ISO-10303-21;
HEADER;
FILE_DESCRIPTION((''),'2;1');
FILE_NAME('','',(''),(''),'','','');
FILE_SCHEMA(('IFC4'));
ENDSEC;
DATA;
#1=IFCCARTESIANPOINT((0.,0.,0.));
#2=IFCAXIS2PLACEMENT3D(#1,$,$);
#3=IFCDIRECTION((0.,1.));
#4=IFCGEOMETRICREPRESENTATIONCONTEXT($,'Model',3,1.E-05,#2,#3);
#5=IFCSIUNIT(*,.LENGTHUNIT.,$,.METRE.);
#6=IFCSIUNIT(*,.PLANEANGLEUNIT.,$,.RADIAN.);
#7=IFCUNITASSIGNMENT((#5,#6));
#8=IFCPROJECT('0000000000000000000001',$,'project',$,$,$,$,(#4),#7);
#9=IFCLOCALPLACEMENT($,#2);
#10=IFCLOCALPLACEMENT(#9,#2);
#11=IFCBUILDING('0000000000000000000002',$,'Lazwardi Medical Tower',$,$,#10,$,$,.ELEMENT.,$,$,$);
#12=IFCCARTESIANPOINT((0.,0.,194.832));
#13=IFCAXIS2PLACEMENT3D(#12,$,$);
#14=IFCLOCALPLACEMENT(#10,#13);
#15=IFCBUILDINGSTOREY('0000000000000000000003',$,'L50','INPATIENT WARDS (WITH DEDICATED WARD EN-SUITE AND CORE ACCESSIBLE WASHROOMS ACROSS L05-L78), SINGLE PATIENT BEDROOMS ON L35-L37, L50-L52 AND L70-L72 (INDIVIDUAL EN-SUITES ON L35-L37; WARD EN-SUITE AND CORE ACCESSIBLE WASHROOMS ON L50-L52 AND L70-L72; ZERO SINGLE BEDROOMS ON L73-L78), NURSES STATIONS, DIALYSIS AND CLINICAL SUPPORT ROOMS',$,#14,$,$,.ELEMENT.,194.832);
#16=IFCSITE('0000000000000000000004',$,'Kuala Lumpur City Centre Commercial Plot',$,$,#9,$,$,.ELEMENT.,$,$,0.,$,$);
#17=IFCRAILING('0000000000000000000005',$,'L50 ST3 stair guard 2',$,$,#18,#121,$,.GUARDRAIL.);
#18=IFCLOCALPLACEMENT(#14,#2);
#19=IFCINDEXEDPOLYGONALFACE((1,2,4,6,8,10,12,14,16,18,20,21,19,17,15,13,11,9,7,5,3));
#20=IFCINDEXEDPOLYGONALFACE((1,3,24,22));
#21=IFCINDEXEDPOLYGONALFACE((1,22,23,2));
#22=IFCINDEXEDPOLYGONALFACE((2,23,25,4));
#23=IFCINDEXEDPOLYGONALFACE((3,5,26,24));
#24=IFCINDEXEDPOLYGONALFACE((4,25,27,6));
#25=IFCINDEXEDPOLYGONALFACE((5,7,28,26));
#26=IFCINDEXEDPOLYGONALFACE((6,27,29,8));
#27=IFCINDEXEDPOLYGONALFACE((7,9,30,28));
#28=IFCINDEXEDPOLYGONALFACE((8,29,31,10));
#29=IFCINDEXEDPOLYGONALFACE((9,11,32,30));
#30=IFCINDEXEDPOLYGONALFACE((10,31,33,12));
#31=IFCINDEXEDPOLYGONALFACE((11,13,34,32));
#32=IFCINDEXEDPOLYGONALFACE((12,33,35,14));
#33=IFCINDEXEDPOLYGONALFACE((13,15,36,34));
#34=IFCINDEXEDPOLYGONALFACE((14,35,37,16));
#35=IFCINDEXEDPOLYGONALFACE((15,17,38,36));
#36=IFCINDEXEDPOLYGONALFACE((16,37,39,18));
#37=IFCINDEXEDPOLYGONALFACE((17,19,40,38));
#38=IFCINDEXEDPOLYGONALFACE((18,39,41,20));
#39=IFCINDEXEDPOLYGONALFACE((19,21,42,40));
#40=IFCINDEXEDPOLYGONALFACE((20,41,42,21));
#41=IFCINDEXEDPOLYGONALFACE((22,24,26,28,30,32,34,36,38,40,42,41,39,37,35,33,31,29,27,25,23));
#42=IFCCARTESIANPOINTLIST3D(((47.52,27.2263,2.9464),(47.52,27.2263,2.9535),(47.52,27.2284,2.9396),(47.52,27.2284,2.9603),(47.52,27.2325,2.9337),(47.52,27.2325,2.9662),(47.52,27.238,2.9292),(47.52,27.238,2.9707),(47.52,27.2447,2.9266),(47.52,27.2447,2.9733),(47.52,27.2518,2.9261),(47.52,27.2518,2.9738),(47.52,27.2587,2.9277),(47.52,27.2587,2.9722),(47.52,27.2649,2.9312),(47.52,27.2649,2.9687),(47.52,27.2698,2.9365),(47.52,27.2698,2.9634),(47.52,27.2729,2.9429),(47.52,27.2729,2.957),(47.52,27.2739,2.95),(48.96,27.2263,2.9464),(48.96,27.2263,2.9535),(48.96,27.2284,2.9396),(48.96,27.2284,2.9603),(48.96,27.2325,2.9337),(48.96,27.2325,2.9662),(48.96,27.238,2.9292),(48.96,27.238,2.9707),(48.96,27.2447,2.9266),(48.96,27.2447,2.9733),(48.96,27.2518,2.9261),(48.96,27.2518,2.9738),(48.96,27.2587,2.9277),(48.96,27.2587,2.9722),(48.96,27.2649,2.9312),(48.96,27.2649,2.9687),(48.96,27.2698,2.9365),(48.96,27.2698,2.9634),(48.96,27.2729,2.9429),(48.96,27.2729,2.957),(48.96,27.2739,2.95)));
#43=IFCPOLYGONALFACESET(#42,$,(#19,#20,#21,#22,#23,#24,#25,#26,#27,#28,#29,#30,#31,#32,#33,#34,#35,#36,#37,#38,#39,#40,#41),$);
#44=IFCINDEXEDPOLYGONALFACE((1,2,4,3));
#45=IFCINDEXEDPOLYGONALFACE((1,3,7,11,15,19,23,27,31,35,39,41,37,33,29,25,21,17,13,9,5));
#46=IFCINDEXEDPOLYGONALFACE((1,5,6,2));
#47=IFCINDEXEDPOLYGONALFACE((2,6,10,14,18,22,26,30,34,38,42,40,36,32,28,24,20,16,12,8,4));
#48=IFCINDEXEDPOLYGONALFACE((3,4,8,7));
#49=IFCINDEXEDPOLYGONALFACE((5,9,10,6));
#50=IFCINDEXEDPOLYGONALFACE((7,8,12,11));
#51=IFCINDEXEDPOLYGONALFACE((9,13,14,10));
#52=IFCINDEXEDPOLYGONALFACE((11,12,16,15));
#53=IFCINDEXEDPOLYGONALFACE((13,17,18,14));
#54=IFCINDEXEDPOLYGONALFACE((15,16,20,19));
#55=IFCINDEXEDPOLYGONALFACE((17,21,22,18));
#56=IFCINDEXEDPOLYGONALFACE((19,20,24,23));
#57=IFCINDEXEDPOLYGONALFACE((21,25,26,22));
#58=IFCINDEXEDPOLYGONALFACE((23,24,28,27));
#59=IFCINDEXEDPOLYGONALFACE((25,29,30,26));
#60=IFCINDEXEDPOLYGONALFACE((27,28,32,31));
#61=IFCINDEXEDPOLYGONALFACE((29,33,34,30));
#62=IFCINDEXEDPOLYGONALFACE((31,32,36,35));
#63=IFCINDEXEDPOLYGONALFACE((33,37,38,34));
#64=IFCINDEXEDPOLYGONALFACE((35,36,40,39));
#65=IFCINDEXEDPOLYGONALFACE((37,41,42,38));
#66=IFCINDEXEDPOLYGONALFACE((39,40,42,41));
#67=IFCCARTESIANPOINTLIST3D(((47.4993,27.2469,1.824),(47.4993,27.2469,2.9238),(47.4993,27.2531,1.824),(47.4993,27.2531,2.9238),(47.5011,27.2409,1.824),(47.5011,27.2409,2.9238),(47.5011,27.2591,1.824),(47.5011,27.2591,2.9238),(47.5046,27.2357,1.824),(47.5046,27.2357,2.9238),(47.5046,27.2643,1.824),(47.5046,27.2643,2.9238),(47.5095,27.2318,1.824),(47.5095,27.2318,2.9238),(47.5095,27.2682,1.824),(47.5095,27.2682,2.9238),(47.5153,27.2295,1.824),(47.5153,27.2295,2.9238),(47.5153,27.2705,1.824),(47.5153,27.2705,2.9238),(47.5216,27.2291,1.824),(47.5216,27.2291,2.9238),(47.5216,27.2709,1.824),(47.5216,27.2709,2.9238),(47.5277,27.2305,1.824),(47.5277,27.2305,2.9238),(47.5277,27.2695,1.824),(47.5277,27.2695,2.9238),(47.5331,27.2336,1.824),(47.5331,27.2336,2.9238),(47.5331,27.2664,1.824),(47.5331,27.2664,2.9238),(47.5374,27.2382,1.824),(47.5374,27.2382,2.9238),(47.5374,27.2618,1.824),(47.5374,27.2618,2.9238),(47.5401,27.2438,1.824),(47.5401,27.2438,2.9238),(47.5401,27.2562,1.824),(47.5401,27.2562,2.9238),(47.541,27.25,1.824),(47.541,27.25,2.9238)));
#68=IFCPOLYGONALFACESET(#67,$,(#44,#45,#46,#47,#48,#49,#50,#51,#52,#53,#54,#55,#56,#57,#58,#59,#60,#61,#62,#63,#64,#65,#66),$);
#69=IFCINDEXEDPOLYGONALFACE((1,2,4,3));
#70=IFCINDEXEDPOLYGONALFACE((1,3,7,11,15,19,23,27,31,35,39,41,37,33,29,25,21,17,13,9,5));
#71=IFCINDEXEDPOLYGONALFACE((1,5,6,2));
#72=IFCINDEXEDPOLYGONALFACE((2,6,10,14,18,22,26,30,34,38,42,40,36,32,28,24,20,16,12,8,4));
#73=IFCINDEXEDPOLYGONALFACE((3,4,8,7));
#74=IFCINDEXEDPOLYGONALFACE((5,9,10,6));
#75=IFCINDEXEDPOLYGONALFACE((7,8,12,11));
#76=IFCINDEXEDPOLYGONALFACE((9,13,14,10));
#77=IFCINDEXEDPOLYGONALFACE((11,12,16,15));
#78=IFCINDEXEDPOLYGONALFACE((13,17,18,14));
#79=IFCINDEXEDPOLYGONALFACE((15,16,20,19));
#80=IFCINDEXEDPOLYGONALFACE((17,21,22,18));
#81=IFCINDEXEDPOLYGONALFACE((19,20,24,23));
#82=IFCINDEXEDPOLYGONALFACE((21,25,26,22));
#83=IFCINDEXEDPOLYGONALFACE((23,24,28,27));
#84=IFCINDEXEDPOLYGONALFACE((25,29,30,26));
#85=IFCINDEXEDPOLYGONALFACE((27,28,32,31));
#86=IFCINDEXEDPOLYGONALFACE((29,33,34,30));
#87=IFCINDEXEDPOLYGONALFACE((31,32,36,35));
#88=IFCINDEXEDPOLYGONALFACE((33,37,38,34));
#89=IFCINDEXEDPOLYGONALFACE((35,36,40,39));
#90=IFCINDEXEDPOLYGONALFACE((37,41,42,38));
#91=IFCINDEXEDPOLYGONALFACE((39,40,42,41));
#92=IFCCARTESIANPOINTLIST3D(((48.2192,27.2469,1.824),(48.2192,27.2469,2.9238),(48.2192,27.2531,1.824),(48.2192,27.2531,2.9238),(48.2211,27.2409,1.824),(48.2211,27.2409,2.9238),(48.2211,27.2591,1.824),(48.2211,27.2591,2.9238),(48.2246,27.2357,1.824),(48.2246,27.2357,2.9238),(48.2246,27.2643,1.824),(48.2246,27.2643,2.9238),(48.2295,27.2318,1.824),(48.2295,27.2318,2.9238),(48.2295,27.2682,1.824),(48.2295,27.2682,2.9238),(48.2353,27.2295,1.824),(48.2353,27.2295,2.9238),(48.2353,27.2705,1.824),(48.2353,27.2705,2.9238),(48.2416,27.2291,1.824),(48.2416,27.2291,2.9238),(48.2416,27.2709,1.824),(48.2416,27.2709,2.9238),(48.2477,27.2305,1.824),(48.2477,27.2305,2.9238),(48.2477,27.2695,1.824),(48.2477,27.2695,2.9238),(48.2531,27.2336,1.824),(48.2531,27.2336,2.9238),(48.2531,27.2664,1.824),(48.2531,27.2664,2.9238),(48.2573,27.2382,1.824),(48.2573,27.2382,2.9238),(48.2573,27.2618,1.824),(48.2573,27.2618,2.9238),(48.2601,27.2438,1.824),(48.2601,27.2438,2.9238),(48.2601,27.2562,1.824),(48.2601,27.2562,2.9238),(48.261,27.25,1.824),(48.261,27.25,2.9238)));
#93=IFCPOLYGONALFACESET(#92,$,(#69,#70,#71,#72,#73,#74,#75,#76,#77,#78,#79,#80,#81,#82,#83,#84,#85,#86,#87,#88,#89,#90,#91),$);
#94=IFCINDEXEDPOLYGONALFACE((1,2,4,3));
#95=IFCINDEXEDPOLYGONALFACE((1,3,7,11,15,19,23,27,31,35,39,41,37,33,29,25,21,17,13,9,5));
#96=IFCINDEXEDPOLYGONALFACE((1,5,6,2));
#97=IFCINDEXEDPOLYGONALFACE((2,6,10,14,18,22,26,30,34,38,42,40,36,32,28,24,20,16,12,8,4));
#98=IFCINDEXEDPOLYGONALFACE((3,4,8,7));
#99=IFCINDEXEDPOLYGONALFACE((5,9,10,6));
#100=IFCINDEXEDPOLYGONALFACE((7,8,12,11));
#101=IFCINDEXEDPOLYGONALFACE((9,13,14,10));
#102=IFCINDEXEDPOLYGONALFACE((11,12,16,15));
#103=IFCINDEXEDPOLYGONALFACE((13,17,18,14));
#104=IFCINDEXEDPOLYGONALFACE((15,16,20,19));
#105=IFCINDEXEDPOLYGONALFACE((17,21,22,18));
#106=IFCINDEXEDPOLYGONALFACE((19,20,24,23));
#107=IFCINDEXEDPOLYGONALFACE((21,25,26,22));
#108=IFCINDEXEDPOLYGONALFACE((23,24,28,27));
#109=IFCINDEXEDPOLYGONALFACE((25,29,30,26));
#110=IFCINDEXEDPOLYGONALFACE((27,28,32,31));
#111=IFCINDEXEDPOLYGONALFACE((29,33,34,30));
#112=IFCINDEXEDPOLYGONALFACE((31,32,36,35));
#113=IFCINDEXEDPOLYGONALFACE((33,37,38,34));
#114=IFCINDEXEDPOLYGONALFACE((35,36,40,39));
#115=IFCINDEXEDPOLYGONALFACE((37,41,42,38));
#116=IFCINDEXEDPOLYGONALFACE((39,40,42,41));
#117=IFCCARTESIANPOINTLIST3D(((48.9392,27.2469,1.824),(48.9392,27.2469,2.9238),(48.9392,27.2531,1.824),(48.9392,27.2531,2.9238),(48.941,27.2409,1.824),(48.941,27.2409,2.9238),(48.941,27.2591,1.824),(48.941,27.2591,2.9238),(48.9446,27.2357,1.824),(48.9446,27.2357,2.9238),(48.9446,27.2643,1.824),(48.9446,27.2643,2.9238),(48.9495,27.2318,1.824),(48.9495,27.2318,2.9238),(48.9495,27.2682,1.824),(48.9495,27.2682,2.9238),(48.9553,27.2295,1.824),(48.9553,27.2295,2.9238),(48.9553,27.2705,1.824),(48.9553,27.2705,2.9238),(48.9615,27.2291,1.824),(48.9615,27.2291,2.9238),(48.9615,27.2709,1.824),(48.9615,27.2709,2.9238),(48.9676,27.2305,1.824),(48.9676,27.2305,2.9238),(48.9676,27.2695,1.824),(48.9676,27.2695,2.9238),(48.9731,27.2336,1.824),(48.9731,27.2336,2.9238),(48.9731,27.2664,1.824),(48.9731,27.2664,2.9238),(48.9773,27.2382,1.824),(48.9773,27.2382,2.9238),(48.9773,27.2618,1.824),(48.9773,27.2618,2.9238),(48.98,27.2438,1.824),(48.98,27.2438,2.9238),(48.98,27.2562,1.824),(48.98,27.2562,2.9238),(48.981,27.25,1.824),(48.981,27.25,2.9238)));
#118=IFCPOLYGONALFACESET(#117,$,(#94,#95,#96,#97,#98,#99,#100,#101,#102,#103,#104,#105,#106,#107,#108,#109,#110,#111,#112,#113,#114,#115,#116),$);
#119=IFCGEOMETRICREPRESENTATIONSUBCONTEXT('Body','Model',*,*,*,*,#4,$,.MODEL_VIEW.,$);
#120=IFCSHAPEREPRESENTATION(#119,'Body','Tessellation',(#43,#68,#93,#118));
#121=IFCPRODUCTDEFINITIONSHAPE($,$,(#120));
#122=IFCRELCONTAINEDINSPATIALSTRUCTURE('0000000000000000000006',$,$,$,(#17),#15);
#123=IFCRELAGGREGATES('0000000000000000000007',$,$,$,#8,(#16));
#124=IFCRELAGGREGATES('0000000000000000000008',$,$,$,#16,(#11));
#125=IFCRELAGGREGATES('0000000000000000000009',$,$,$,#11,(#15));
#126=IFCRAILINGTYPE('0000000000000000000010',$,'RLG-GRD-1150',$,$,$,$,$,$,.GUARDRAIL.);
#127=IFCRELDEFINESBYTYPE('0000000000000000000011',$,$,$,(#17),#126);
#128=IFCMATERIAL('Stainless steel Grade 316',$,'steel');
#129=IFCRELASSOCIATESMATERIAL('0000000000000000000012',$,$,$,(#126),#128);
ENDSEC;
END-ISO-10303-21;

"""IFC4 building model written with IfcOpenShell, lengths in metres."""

from ifc_helpers import new_model, si_unit, direction, frame, origin, origin_2d, place, context, subcontext, project, spatial, circle, extrude, material, type_object, element, save


model = new_model("IFC4")

# Units and contexts
model_context = context("Model", 3, precision=1e-05, world=origin(), true_north=direction((0.0, 1.0)))
body_context = subcontext(model_context, "Body", "Model", "MODEL_VIEW")
ifc_project = project(units=[si_unit("LENGTHUNIT", "METRE"), si_unit("PLANEANGLEUNIT", "RADIAN")], contexts=[model_context])

# Site, building, storey
site_placement = place(None, origin())
site = spatial("IfcSite", under=ifc_project, at=site_placement, Name="Kuala Lumpur City Centre Commercial Plot", CompositionType="ELEMENT", RefElevation=0.0)
building_placement = place(site_placement, origin())
building = spatial("IfcBuilding", under=site, at=building_placement, Name="Lazwardi Medical Tower", CompositionType="ELEMENT")
storey_placement = place(building_placement, frame((0.0, 0.0, 194.832)))
storey = spatial("IfcBuildingStorey", under=building, at=storey_placement, Name="L50", Description="INPATIENT WARDS (WITH DEDICATED WARD EN-SUITE AND CORE ACCESSIBLE WASHROOMS ACROSS L05-L78), SINGLE PATIENT BEDROOMS ON L35-L37, L50-L52 AND L70-L72 (INDIVIDUAL EN-SUITES ON L35-L37; WARD EN-SUITE AND CORE ACCESSIBLE WASHROOMS ON L50-L52 AND L70-L72; ZERO SINGLE BEDROOMS ON L73-L78), NURSES STATIONS, DIALYSIS AND CLINICAL SUPPORT ROOMS", CompositionType="ELEMENT", Elevation=194.832)

# Railing
ifc_material_1 = material(Name="Stainless steel Grade 316", Category="steel")
railing_type_1 = type_object("IfcRailingType", Name="RLG-GRD-1150", PredefinedType="GUARDRAIL", material=ifc_material_1)
railing_1_placement = place(storey_placement, frame((47.52, 27.25, 1.824)))
element("IfcRailing", 1, at=railing_1_placement, inside=storey, type_object=railing_type_1, Name="L50 ST3 stair guard 2", PredefinedType="GUARDRAIL", context=body_context, shape_type="SweptSolid", body=[
    extrude(circle(Radius=0.0239, at=origin_2d()), frame((0.0, 0.0, 1.126), z_axis=(1.0, 0.0, 0.0), x_axis=(0.0, 1.0, 0.0)), (0.0, 0.0, 1.0), 1.4399),
    extrude(circle(Radius=0.021, at=origin_2d()), origin(), (0.0, 0.0, 1.0), 1.0999),
    extrude(circle(Radius=0.021, at=origin_2d()), frame((0.72, 0.0, 0.0)), (0.0, 0.0, 1.0), 1.0999),
    extrude(circle(Radius=0.021, at=origin_2d()), frame((1.4399, 0.0, 0.0)), (0.0, 0.0, 1.0), 1.0999),
])

save(model, "model.ifc")
